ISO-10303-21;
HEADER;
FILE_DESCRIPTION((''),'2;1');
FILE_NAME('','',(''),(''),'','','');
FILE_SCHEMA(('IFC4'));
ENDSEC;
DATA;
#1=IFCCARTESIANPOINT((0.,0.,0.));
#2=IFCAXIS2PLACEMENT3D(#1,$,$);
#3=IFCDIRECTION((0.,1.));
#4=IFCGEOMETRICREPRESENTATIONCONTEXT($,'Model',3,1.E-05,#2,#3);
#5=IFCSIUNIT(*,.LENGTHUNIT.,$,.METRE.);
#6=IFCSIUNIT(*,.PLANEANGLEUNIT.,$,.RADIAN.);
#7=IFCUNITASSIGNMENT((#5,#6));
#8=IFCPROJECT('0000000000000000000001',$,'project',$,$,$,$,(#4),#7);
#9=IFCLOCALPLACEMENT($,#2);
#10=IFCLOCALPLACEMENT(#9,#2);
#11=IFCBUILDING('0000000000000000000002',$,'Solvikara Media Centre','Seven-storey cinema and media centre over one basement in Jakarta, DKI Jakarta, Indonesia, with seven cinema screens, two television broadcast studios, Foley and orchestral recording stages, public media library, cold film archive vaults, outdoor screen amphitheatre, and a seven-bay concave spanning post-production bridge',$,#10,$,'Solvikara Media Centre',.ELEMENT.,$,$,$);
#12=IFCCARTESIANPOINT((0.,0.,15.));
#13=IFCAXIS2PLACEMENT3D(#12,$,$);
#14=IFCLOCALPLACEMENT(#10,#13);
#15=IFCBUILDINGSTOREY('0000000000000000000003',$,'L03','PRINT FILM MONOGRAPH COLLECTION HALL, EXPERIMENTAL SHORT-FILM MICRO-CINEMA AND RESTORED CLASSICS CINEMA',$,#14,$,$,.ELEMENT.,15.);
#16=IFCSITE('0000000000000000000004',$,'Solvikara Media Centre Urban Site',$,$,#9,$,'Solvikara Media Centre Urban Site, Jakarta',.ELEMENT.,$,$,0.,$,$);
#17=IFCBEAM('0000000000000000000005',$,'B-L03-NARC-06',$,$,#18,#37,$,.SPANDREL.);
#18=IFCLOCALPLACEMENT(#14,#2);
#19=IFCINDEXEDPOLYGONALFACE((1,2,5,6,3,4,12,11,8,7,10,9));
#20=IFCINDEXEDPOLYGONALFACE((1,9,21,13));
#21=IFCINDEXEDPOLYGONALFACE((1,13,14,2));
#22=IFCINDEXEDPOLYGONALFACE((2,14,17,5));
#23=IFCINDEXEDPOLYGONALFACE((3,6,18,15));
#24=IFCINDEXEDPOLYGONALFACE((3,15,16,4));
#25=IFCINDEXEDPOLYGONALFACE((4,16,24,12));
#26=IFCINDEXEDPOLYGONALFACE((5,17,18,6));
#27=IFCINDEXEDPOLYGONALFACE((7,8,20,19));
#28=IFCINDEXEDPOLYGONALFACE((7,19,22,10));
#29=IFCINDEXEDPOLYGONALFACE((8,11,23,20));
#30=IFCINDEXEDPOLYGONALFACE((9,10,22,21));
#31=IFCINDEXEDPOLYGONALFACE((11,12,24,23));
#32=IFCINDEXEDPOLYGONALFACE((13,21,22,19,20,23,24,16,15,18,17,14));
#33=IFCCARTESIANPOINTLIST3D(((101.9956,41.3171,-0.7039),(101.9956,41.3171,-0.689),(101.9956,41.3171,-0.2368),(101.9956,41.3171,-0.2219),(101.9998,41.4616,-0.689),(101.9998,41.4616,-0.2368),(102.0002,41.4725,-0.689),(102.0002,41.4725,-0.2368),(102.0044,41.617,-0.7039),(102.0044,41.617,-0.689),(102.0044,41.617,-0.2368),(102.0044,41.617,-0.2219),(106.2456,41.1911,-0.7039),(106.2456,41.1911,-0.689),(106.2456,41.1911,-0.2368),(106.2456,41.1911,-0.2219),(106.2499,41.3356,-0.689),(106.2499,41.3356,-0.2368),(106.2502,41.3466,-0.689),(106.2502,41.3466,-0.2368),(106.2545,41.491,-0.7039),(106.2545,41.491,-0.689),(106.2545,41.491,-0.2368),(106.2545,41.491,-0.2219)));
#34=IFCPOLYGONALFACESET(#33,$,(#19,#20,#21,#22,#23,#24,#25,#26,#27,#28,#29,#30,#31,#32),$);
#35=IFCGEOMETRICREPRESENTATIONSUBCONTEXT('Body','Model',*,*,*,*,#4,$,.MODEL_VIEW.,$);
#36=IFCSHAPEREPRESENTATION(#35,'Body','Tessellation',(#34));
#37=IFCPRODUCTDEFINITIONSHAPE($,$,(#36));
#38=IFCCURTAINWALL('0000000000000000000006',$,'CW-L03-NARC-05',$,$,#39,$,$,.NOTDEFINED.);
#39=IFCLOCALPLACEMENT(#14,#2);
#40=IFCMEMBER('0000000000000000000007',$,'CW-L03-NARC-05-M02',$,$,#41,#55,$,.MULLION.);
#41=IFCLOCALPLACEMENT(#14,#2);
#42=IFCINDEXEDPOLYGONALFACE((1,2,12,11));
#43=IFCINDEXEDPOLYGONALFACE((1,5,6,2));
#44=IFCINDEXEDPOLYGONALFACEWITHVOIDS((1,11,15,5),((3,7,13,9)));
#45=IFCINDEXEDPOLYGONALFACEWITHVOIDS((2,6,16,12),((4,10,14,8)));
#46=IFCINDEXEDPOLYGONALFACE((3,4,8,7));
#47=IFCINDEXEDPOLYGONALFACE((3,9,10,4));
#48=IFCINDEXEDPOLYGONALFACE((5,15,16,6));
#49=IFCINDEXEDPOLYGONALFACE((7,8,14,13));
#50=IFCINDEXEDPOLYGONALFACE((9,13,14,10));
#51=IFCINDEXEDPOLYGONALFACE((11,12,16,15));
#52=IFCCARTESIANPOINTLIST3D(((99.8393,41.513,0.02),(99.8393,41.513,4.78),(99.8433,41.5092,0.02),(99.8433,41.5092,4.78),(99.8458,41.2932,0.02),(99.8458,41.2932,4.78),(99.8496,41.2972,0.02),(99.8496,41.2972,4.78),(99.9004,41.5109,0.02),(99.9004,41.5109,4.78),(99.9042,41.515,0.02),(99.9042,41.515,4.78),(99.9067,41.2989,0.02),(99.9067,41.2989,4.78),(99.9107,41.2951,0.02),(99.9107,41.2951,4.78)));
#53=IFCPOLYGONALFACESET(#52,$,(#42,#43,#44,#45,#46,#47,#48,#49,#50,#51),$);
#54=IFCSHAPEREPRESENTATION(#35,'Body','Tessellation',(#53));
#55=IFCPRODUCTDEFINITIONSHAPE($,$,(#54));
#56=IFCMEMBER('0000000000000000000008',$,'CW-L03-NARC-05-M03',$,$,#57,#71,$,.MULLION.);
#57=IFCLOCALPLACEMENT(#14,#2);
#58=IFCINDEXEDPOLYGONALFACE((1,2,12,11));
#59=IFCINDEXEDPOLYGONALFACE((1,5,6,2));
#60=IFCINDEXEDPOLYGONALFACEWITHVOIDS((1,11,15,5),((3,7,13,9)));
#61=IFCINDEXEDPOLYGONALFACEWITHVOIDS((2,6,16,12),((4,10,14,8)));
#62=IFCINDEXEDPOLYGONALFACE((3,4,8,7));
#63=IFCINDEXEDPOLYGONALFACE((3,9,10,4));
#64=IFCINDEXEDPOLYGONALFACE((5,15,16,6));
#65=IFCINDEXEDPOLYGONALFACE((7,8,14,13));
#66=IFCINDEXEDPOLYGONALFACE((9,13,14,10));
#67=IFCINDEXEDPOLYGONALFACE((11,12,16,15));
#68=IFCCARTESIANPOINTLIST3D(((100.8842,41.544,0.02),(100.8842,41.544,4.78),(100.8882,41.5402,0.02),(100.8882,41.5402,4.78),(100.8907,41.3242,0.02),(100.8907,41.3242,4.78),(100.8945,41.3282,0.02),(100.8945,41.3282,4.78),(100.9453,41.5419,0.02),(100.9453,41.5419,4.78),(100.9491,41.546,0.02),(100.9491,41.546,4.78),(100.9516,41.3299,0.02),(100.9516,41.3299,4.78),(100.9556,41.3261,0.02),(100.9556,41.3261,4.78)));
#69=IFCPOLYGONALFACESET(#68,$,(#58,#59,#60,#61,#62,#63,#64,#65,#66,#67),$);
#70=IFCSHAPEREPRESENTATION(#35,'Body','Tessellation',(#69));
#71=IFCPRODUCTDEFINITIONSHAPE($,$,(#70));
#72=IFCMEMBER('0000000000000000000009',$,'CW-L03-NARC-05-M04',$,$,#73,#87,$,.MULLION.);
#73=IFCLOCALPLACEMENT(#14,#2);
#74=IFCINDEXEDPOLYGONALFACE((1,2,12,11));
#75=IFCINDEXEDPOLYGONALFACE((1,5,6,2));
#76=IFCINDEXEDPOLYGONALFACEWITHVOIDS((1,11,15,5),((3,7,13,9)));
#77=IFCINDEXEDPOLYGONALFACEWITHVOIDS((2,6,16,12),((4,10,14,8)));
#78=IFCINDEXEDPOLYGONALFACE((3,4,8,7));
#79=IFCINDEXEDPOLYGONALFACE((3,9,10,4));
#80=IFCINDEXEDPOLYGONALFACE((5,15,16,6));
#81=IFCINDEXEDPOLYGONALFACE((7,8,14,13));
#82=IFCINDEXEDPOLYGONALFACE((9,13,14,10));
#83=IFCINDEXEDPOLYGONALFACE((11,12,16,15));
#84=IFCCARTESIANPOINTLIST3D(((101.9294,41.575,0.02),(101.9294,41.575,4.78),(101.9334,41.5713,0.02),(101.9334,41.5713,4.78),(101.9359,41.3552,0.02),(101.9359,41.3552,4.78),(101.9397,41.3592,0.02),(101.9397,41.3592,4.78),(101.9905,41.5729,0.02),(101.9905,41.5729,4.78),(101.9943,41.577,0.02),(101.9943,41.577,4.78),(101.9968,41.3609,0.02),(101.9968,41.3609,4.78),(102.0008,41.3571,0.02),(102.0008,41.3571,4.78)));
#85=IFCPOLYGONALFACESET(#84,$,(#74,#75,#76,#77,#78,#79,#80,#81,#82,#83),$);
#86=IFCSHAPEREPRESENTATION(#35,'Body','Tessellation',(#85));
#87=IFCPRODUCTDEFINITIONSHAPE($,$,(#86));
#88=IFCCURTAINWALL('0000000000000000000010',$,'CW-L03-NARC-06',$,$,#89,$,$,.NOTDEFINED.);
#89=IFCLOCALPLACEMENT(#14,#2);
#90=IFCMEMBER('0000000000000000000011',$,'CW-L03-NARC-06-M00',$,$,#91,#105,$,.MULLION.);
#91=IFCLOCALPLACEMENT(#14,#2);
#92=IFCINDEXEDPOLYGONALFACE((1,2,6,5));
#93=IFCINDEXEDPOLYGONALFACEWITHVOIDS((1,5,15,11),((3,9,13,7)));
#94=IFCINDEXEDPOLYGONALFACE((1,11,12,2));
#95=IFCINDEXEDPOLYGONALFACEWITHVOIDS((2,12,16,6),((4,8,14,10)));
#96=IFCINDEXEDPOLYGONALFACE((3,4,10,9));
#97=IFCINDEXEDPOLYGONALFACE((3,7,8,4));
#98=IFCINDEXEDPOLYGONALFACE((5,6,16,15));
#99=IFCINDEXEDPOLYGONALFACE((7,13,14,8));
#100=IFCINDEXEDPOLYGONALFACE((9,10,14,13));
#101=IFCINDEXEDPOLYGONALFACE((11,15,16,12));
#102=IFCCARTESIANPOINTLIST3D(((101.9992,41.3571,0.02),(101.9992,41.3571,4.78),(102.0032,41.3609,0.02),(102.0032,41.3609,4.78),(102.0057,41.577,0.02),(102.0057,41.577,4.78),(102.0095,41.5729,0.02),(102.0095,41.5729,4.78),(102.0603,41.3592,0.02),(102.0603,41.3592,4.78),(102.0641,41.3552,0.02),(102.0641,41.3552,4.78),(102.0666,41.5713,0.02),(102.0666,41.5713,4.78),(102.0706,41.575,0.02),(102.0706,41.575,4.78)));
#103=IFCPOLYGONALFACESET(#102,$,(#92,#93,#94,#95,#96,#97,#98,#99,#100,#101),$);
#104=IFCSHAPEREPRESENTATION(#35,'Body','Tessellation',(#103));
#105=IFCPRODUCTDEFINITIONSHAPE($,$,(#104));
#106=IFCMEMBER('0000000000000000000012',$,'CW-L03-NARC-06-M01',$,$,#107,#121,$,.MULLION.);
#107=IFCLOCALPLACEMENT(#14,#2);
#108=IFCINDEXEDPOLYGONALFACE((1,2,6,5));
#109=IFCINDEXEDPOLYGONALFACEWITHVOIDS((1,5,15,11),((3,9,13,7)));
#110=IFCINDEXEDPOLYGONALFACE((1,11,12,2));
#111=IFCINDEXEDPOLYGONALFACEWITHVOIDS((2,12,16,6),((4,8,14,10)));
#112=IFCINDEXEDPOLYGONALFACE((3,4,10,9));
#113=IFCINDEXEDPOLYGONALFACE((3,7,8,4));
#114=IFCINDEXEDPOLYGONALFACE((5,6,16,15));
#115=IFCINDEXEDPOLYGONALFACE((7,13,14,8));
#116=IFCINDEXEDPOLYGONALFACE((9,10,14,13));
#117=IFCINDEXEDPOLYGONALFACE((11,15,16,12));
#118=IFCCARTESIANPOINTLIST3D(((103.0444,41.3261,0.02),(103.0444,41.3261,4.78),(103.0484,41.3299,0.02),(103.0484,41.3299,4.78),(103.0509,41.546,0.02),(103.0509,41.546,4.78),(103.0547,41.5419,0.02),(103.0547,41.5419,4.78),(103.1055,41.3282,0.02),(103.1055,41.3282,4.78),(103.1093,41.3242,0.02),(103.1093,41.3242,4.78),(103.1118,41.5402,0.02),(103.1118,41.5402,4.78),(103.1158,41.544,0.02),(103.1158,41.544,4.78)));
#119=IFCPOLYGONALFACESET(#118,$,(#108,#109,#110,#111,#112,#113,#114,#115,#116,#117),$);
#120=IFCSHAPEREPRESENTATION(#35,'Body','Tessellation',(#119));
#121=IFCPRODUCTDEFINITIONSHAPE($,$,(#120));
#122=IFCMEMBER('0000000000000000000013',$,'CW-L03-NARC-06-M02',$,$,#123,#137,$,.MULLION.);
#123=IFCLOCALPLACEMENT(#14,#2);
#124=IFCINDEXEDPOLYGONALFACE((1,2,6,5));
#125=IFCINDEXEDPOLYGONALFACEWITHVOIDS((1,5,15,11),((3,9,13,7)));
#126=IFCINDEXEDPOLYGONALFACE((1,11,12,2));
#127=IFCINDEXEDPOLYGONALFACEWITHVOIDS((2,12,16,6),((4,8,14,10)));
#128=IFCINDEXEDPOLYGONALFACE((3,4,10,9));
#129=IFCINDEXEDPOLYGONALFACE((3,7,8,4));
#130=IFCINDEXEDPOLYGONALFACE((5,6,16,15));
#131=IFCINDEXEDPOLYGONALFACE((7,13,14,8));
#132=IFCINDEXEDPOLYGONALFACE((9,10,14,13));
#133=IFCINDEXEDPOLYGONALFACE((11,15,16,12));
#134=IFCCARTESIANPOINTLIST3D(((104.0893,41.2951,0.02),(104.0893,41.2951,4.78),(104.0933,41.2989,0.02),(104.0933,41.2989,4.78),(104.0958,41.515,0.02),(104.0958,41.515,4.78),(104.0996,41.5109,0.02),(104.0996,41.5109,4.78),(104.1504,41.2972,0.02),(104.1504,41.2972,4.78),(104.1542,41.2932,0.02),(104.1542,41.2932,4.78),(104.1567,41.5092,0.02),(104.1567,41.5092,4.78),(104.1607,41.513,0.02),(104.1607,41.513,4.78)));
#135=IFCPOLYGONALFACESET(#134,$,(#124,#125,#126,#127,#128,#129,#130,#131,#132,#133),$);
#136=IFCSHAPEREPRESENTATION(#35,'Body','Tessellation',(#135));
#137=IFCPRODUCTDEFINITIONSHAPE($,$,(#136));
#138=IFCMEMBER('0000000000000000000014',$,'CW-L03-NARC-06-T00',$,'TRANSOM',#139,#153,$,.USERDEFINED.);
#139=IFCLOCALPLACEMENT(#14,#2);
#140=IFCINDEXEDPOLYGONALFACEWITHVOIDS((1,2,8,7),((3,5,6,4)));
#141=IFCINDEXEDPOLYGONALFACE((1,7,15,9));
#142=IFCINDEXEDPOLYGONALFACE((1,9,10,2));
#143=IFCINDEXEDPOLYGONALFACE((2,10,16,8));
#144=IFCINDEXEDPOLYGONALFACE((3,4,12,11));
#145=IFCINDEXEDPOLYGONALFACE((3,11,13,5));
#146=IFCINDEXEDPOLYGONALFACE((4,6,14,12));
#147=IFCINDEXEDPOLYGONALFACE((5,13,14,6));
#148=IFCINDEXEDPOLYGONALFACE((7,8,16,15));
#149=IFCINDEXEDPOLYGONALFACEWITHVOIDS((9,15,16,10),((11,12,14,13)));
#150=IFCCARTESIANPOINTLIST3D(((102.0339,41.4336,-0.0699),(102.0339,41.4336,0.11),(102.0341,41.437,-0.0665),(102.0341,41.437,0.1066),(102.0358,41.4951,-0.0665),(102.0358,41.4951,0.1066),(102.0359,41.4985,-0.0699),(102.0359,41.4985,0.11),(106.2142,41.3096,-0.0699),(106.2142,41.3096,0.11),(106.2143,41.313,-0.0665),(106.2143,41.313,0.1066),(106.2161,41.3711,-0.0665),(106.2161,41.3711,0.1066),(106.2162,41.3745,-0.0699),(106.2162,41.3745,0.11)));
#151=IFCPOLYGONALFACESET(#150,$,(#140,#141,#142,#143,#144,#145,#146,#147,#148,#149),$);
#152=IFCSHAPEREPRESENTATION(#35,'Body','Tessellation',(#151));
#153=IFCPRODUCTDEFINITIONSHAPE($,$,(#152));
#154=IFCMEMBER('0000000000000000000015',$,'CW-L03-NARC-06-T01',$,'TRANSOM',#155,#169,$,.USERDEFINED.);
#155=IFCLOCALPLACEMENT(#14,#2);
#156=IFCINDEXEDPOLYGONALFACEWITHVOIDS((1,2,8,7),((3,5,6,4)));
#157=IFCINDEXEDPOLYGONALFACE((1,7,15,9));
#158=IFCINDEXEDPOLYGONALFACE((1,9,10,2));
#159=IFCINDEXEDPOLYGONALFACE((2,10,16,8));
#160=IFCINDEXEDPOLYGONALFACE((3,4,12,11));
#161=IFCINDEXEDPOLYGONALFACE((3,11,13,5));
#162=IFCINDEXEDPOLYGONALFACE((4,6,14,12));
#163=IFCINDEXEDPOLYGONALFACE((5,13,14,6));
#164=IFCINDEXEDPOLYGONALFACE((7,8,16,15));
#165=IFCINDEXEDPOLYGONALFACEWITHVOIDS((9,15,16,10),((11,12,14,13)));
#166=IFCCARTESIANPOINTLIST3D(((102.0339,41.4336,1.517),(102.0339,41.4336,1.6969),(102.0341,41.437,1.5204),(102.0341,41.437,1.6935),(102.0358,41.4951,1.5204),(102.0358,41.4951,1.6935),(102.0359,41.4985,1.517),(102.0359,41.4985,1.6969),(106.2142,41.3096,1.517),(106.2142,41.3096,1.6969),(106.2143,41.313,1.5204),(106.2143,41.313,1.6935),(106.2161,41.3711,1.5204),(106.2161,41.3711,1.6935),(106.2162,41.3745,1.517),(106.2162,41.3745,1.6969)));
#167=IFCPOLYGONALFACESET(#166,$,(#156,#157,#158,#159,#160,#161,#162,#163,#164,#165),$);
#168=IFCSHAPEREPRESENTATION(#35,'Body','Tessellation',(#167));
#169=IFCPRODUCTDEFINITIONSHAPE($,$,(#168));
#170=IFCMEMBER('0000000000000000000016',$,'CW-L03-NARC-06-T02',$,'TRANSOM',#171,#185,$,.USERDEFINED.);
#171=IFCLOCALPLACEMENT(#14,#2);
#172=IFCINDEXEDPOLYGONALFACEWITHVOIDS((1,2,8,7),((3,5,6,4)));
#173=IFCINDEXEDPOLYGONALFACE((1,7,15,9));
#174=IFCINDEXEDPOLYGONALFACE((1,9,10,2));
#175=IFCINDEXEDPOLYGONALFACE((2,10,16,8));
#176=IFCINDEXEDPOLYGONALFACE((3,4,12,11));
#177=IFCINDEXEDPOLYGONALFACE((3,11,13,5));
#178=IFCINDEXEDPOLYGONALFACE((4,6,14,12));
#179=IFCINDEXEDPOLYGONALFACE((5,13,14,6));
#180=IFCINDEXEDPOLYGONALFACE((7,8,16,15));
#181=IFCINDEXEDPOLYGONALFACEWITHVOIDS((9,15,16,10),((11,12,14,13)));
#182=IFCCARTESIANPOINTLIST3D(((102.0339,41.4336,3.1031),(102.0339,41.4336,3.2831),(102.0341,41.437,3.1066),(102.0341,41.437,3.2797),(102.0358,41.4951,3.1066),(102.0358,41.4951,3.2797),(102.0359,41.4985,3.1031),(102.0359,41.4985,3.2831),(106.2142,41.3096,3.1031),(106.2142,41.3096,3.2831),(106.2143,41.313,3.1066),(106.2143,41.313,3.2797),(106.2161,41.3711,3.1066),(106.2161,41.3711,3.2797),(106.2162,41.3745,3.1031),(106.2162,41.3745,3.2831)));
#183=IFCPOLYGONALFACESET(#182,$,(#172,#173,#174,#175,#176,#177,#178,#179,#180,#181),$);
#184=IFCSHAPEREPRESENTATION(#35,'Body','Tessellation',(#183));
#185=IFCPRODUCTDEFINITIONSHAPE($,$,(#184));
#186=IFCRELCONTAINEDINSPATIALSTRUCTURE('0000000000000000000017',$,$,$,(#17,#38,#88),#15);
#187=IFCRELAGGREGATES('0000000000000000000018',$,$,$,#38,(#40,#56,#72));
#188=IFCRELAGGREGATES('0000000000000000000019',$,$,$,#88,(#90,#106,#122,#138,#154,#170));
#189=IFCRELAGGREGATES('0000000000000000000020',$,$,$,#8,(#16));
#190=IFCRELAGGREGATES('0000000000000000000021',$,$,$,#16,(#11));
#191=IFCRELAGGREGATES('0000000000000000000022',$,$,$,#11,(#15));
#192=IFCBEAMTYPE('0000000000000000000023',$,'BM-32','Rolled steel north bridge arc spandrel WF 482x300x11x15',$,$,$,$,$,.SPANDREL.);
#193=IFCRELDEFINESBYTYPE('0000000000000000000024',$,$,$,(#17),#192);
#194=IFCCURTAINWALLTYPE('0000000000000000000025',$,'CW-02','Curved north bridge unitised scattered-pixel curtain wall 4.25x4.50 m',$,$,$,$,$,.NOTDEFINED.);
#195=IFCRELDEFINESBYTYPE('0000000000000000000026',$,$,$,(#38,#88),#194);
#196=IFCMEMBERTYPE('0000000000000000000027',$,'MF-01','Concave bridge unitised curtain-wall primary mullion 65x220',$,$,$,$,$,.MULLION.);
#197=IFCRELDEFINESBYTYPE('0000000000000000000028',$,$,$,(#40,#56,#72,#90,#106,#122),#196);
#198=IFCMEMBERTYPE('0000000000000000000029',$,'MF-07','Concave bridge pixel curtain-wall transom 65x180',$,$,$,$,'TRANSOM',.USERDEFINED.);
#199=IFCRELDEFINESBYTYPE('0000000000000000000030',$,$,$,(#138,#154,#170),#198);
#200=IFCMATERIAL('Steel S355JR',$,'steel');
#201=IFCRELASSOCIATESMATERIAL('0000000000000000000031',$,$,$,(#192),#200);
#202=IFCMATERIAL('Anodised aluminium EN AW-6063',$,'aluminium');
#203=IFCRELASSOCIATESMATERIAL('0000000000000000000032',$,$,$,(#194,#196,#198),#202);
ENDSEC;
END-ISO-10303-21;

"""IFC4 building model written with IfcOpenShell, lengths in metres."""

from ifc_helpers import new_model, si_unit, direction, frame, origin, origin_2d, place, context, subcontext, project, spatial, hollow_rectangle, i_section, extrude, material, material_profile, profile_set, type_object, element, aggregate, save


model = new_model("IFC4")

# Units and contexts
model_context = context("Model", 3, precision=1e-05, world=origin(), true_north=direction((0.0, 1.0)))
body_context = subcontext(model_context, "Body", "Model", "MODEL_VIEW")
ifc_project = project(units=[si_unit("LENGTHUNIT", "METRE"), si_unit("PLANEANGLEUNIT", "RADIAN")], contexts=[model_context])

# Site, building, storey
site_placement = place(None, origin())
site = spatial("IfcSite", under=ifc_project, at=site_placement, Name="Solvikara Media Centre Urban Site", LongName="Solvikara Media Centre Urban Site, Jakarta", CompositionType="ELEMENT", RefElevation=0.0)
building_placement = place(site_placement, origin())
building = spatial("IfcBuilding", under=site, at=building_placement, Name="Solvikara Media Centre", Description="Seven-storey cinema and media centre over one basement in Jakarta, DKI Jakarta, Indonesia, with seven cinema screens, two television broadcast studios, Foley and orchestral recording stages, public media library, cold film archive vaults, outdoor screen amphitheatre, and a seven-bay concave spanning post-production bridge", LongName="Solvikara Media Centre", CompositionType="ELEMENT")
storey_placement = place(building_placement, frame((0.0, 0.0, 15.0)))
storey = spatial("IfcBuildingStorey", under=building, at=storey_placement, Name="L03", Description="PRINT FILM MONOGRAPH COLLECTION HALL, EXPERIMENTAL SHORT-FILM MICRO-CINEMA AND RESTORED CLASSICS CINEMA", CompositionType="ELEMENT", Elevation=15.0)

# Beam
ifc_material_1 = material(Name="Steel S355JR", Category="steel")
ifc_material_profile_1 = material_profile(ifc_material_1, i_section(OverallWidth=0.3, OverallDepth=0.4819, WebThickness=0.011, FlangeThickness=0.0149, at=origin_2d()), Name="WF 482x300x11x15")
ifc_profile_set_1 = profile_set([ifc_material_profile_1], Name="Steel S355JR")
beam_type = type_object("IfcBeamType", Name="BM-32", Description="Rolled steel north bridge arc spandrel WF 482x300x11x15", PredefinedType="SPANDREL", material=ifc_profile_set_1)
beam_placement = place(storey_placement, frame((102.0, 41.467, -0.4629), z_axis=(0.999561, -0.029629, 0.0), x_axis=(0.029629, 0.999561, 0.0)))
element("IfcBeam", 1, at=beam_placement, inside=storey, type_object=beam_type, Name="B-L03-NARC-06", PredefinedType="SPANDREL", context=body_context, shape_type="SweptSolid", body=[
    extrude(i_section(OverallWidth=0.3, OverallDepth=0.4819, WebThickness=0.011, FlangeThickness=0.0149, at=origin_2d()), origin(), (0.0, 0.0, 1.0), 4.252),
])

# Curtain walls, members
ifc_material_2 = material(Name="Anodised aluminium EN AW-6063", Category="aluminium")
curtain_wall_type = type_object("IfcCurtainWallType", Name="CW-02", Description="Curved north bridge unitised scattered-pixel curtain wall 4.25x4.50 m", PredefinedType="NOTDEFINED", material=ifc_material_2)
curtain_wall_1_placement = place(storey_placement, origin())
curtain_wall_1 = element("IfcCurtainWall", 2, at=curtain_wall_1_placement, inside=storey, type_object=curtain_wall_type, Name="CW-L03-NARC-05", PredefinedType="NOTDEFINED")
ifc_material_profile_2 = material_profile(ifc_material_2, hollow_rectangle(XDim=0.0649, YDim=0.22, WallThickness=0.0039, at=origin_2d()), Name="ALU-M 65x220x4")
ifc_profile_set_2 = profile_set([ifc_material_profile_2], Name="Anodised aluminium EN AW-6063")
member_type_1 = type_object("IfcMemberType", Name="MF-01", Description="Concave bridge unitised curtain-wall primary mullion 65x220", PredefinedType="MULLION", material=ifc_profile_set_2)
member_1_placement = place(storey_placement, frame((99.875, 41.4041, 0.02), z_axis=(0.0, 0.0, 1.0), x_axis=(0.99956, 0.029649, 0.0)))
member_1 = element("IfcMember", 3, at=member_1_placement, type_object=member_type_1, Name="CW-L03-NARC-05-M02", PredefinedType="MULLION", context=body_context, shape_type="SweptSolid", body=[
    extrude(hollow_rectangle(XDim=0.0649, YDim=0.22, WallThickness=0.0039, at=origin_2d()), origin(), (0.0, 0.0, 1.0), 4.76),
])
member_2_placement = place(storey_placement, frame((100.9199, 41.4351, 0.02), z_axis=(0.0, 0.0, 1.0), x_axis=(0.99956, 0.029649, 0.0)))
member_2 = element("IfcMember", 4, at=member_2_placement, type_object=member_type_1, Name="CW-L03-NARC-05-M03", PredefinedType="MULLION", context=body_context, shape_type="SweptSolid", body=[
    extrude(hollow_rectangle(XDim=0.0649, YDim=0.22, WallThickness=0.0039, at=origin_2d()), origin(), (0.0, 0.0, 1.0), 4.76),
])
member_3_placement = place(storey_placement, frame((101.9651, 41.4661, 0.02), z_axis=(0.0, 0.0, 1.0), x_axis=(0.99956, 0.029649, 0.0)))
member_3 = element("IfcMember", 5, at=member_3_placement, type_object=member_type_1, Name="CW-L03-NARC-05-M04", PredefinedType="MULLION", context=body_context, shape_type="SweptSolid", body=[
    extrude(hollow_rectangle(XDim=0.0649, YDim=0.22, WallThickness=0.0039, at=origin_2d()), origin(), (0.0, 0.0, 1.0), 4.76),
])
curtain_wall_2_placement = place(storey_placement, origin())
curtain_wall_2 = element("IfcCurtainWall", 6, at=curtain_wall_2_placement, inside=storey, type_object=curtain_wall_type, Name="CW-L03-NARC-06", PredefinedType="NOTDEFINED")
member_4_placement = place(storey_placement, frame((102.0349, 41.4661, 0.02), z_axis=(0.0, 0.0, 1.0), x_axis=(0.99956, -0.029649, 0.0)))
member_4 = element("IfcMember", 7, at=member_4_placement, type_object=member_type_1, Name="CW-L03-NARC-06-M00", PredefinedType="MULLION", context=body_context, shape_type="SweptSolid", body=[
    extrude(hollow_rectangle(XDim=0.0649, YDim=0.22, WallThickness=0.0039, at=origin_2d()), origin(), (0.0, 0.0, 1.0), 4.76),
])
member_5_placement = place(storey_placement, frame((103.0801, 41.4351, 0.02), z_axis=(0.0, 0.0, 1.0), x_axis=(0.99956, -0.029649, 0.0)))
member_5 = element("IfcMember", 8, at=member_5_placement, type_object=member_type_1, Name="CW-L03-NARC-06-M01", PredefinedType="MULLION", context=body_context, shape_type="SweptSolid", body=[
    extrude(hollow_rectangle(XDim=0.0649, YDim=0.22, WallThickness=0.0039, at=origin_2d()), origin(), (0.0, 0.0, 1.0), 4.76),
])
member_6_placement = place(storey_placement, frame((104.125, 41.4041, 0.02), z_axis=(0.0, 0.0, 1.0), x_axis=(0.99956, -0.029649, 0.0)))
member_6 = element("IfcMember", 9, at=member_6_placement, type_object=member_type_1, Name="CW-L03-NARC-06-M02", PredefinedType="MULLION", context=body_context, shape_type="SweptSolid", body=[
    extrude(hollow_rectangle(XDim=0.0649, YDim=0.22, WallThickness=0.0039, at=origin_2d()), origin(), (0.0, 0.0, 1.0), 4.76),
])
ifc_material_profile_3 = material_profile(ifc_material_2, hollow_rectangle(XDim=0.0649, YDim=0.1799, WallThickness=0.0034, at=origin_2d()), Name="ALU-T 65x180x3.5")
ifc_profile_set_3 = profile_set([ifc_material_profile_3], Name="Anodised aluminium EN AW-6063")
member_type_2 = type_object("IfcMemberType", Name="MF-07", Description="Concave bridge pixel curtain-wall transom 65x180", ElementType="TRANSOM", PredefinedType="USERDEFINED", material=ifc_profile_set_3)
member_7_placement = place(storey_placement, frame((102.0349, 41.4661, 0.02), z_axis=(0.99956, -0.029656, 0.0), x_axis=(0.029656, 0.99956, 0.0)))
member_7 = element("IfcMember", 10, at=member_7_placement, type_object=member_type_2, Name="CW-L03-NARC-06-T00", ObjectType="TRANSOM", PredefinedType="USERDEFINED", context=body_context, shape_type="SweptSolid", body=[
    extrude(hollow_rectangle(XDim=0.0649, YDim=0.1799, WallThickness=0.0034, at=origin_2d()), origin(), (0.0, 0.0, 1.0), 4.1821),
])
member_8_placement = place(storey_placement, frame((102.0349, 41.4661, 1.6069), z_axis=(0.99956, -0.029656, 0.0), x_axis=(0.029656, 0.99956, 0.0)))
member_8 = element("IfcMember", 11, at=member_8_placement, type_object=member_type_2, Name="CW-L03-NARC-06-T01", ObjectType="TRANSOM", PredefinedType="USERDEFINED", context=body_context, shape_type="SweptSolid", body=[
    extrude(hollow_rectangle(XDim=0.0649, YDim=0.1799, WallThickness=0.0034, at=origin_2d()), origin(), (0.0, 0.0, 1.0), 4.1821),
])
member_9_placement = place(storey_placement, frame((102.0349, 41.4661, 3.1931), z_axis=(0.99956, -0.029656, 0.0), x_axis=(0.029656, 0.99956, 0.0)))
member_9 = element("IfcMember", 12, at=member_9_placement, type_object=member_type_2, Name="CW-L03-NARC-06-T02", ObjectType="TRANSOM", PredefinedType="USERDEFINED", context=body_context, shape_type="SweptSolid", body=[
    extrude(hollow_rectangle(XDim=0.0649, YDim=0.1799, WallThickness=0.0034, at=origin_2d()), origin(), (0.0, 0.0, 1.0), 4.1821),
])

aggregate(curtain_wall_1, [member_1, member_2, member_3])
aggregate(curtain_wall_2, [member_4, member_5, member_6, member_7, member_8, member_9])

save(model, "model.ifc")
